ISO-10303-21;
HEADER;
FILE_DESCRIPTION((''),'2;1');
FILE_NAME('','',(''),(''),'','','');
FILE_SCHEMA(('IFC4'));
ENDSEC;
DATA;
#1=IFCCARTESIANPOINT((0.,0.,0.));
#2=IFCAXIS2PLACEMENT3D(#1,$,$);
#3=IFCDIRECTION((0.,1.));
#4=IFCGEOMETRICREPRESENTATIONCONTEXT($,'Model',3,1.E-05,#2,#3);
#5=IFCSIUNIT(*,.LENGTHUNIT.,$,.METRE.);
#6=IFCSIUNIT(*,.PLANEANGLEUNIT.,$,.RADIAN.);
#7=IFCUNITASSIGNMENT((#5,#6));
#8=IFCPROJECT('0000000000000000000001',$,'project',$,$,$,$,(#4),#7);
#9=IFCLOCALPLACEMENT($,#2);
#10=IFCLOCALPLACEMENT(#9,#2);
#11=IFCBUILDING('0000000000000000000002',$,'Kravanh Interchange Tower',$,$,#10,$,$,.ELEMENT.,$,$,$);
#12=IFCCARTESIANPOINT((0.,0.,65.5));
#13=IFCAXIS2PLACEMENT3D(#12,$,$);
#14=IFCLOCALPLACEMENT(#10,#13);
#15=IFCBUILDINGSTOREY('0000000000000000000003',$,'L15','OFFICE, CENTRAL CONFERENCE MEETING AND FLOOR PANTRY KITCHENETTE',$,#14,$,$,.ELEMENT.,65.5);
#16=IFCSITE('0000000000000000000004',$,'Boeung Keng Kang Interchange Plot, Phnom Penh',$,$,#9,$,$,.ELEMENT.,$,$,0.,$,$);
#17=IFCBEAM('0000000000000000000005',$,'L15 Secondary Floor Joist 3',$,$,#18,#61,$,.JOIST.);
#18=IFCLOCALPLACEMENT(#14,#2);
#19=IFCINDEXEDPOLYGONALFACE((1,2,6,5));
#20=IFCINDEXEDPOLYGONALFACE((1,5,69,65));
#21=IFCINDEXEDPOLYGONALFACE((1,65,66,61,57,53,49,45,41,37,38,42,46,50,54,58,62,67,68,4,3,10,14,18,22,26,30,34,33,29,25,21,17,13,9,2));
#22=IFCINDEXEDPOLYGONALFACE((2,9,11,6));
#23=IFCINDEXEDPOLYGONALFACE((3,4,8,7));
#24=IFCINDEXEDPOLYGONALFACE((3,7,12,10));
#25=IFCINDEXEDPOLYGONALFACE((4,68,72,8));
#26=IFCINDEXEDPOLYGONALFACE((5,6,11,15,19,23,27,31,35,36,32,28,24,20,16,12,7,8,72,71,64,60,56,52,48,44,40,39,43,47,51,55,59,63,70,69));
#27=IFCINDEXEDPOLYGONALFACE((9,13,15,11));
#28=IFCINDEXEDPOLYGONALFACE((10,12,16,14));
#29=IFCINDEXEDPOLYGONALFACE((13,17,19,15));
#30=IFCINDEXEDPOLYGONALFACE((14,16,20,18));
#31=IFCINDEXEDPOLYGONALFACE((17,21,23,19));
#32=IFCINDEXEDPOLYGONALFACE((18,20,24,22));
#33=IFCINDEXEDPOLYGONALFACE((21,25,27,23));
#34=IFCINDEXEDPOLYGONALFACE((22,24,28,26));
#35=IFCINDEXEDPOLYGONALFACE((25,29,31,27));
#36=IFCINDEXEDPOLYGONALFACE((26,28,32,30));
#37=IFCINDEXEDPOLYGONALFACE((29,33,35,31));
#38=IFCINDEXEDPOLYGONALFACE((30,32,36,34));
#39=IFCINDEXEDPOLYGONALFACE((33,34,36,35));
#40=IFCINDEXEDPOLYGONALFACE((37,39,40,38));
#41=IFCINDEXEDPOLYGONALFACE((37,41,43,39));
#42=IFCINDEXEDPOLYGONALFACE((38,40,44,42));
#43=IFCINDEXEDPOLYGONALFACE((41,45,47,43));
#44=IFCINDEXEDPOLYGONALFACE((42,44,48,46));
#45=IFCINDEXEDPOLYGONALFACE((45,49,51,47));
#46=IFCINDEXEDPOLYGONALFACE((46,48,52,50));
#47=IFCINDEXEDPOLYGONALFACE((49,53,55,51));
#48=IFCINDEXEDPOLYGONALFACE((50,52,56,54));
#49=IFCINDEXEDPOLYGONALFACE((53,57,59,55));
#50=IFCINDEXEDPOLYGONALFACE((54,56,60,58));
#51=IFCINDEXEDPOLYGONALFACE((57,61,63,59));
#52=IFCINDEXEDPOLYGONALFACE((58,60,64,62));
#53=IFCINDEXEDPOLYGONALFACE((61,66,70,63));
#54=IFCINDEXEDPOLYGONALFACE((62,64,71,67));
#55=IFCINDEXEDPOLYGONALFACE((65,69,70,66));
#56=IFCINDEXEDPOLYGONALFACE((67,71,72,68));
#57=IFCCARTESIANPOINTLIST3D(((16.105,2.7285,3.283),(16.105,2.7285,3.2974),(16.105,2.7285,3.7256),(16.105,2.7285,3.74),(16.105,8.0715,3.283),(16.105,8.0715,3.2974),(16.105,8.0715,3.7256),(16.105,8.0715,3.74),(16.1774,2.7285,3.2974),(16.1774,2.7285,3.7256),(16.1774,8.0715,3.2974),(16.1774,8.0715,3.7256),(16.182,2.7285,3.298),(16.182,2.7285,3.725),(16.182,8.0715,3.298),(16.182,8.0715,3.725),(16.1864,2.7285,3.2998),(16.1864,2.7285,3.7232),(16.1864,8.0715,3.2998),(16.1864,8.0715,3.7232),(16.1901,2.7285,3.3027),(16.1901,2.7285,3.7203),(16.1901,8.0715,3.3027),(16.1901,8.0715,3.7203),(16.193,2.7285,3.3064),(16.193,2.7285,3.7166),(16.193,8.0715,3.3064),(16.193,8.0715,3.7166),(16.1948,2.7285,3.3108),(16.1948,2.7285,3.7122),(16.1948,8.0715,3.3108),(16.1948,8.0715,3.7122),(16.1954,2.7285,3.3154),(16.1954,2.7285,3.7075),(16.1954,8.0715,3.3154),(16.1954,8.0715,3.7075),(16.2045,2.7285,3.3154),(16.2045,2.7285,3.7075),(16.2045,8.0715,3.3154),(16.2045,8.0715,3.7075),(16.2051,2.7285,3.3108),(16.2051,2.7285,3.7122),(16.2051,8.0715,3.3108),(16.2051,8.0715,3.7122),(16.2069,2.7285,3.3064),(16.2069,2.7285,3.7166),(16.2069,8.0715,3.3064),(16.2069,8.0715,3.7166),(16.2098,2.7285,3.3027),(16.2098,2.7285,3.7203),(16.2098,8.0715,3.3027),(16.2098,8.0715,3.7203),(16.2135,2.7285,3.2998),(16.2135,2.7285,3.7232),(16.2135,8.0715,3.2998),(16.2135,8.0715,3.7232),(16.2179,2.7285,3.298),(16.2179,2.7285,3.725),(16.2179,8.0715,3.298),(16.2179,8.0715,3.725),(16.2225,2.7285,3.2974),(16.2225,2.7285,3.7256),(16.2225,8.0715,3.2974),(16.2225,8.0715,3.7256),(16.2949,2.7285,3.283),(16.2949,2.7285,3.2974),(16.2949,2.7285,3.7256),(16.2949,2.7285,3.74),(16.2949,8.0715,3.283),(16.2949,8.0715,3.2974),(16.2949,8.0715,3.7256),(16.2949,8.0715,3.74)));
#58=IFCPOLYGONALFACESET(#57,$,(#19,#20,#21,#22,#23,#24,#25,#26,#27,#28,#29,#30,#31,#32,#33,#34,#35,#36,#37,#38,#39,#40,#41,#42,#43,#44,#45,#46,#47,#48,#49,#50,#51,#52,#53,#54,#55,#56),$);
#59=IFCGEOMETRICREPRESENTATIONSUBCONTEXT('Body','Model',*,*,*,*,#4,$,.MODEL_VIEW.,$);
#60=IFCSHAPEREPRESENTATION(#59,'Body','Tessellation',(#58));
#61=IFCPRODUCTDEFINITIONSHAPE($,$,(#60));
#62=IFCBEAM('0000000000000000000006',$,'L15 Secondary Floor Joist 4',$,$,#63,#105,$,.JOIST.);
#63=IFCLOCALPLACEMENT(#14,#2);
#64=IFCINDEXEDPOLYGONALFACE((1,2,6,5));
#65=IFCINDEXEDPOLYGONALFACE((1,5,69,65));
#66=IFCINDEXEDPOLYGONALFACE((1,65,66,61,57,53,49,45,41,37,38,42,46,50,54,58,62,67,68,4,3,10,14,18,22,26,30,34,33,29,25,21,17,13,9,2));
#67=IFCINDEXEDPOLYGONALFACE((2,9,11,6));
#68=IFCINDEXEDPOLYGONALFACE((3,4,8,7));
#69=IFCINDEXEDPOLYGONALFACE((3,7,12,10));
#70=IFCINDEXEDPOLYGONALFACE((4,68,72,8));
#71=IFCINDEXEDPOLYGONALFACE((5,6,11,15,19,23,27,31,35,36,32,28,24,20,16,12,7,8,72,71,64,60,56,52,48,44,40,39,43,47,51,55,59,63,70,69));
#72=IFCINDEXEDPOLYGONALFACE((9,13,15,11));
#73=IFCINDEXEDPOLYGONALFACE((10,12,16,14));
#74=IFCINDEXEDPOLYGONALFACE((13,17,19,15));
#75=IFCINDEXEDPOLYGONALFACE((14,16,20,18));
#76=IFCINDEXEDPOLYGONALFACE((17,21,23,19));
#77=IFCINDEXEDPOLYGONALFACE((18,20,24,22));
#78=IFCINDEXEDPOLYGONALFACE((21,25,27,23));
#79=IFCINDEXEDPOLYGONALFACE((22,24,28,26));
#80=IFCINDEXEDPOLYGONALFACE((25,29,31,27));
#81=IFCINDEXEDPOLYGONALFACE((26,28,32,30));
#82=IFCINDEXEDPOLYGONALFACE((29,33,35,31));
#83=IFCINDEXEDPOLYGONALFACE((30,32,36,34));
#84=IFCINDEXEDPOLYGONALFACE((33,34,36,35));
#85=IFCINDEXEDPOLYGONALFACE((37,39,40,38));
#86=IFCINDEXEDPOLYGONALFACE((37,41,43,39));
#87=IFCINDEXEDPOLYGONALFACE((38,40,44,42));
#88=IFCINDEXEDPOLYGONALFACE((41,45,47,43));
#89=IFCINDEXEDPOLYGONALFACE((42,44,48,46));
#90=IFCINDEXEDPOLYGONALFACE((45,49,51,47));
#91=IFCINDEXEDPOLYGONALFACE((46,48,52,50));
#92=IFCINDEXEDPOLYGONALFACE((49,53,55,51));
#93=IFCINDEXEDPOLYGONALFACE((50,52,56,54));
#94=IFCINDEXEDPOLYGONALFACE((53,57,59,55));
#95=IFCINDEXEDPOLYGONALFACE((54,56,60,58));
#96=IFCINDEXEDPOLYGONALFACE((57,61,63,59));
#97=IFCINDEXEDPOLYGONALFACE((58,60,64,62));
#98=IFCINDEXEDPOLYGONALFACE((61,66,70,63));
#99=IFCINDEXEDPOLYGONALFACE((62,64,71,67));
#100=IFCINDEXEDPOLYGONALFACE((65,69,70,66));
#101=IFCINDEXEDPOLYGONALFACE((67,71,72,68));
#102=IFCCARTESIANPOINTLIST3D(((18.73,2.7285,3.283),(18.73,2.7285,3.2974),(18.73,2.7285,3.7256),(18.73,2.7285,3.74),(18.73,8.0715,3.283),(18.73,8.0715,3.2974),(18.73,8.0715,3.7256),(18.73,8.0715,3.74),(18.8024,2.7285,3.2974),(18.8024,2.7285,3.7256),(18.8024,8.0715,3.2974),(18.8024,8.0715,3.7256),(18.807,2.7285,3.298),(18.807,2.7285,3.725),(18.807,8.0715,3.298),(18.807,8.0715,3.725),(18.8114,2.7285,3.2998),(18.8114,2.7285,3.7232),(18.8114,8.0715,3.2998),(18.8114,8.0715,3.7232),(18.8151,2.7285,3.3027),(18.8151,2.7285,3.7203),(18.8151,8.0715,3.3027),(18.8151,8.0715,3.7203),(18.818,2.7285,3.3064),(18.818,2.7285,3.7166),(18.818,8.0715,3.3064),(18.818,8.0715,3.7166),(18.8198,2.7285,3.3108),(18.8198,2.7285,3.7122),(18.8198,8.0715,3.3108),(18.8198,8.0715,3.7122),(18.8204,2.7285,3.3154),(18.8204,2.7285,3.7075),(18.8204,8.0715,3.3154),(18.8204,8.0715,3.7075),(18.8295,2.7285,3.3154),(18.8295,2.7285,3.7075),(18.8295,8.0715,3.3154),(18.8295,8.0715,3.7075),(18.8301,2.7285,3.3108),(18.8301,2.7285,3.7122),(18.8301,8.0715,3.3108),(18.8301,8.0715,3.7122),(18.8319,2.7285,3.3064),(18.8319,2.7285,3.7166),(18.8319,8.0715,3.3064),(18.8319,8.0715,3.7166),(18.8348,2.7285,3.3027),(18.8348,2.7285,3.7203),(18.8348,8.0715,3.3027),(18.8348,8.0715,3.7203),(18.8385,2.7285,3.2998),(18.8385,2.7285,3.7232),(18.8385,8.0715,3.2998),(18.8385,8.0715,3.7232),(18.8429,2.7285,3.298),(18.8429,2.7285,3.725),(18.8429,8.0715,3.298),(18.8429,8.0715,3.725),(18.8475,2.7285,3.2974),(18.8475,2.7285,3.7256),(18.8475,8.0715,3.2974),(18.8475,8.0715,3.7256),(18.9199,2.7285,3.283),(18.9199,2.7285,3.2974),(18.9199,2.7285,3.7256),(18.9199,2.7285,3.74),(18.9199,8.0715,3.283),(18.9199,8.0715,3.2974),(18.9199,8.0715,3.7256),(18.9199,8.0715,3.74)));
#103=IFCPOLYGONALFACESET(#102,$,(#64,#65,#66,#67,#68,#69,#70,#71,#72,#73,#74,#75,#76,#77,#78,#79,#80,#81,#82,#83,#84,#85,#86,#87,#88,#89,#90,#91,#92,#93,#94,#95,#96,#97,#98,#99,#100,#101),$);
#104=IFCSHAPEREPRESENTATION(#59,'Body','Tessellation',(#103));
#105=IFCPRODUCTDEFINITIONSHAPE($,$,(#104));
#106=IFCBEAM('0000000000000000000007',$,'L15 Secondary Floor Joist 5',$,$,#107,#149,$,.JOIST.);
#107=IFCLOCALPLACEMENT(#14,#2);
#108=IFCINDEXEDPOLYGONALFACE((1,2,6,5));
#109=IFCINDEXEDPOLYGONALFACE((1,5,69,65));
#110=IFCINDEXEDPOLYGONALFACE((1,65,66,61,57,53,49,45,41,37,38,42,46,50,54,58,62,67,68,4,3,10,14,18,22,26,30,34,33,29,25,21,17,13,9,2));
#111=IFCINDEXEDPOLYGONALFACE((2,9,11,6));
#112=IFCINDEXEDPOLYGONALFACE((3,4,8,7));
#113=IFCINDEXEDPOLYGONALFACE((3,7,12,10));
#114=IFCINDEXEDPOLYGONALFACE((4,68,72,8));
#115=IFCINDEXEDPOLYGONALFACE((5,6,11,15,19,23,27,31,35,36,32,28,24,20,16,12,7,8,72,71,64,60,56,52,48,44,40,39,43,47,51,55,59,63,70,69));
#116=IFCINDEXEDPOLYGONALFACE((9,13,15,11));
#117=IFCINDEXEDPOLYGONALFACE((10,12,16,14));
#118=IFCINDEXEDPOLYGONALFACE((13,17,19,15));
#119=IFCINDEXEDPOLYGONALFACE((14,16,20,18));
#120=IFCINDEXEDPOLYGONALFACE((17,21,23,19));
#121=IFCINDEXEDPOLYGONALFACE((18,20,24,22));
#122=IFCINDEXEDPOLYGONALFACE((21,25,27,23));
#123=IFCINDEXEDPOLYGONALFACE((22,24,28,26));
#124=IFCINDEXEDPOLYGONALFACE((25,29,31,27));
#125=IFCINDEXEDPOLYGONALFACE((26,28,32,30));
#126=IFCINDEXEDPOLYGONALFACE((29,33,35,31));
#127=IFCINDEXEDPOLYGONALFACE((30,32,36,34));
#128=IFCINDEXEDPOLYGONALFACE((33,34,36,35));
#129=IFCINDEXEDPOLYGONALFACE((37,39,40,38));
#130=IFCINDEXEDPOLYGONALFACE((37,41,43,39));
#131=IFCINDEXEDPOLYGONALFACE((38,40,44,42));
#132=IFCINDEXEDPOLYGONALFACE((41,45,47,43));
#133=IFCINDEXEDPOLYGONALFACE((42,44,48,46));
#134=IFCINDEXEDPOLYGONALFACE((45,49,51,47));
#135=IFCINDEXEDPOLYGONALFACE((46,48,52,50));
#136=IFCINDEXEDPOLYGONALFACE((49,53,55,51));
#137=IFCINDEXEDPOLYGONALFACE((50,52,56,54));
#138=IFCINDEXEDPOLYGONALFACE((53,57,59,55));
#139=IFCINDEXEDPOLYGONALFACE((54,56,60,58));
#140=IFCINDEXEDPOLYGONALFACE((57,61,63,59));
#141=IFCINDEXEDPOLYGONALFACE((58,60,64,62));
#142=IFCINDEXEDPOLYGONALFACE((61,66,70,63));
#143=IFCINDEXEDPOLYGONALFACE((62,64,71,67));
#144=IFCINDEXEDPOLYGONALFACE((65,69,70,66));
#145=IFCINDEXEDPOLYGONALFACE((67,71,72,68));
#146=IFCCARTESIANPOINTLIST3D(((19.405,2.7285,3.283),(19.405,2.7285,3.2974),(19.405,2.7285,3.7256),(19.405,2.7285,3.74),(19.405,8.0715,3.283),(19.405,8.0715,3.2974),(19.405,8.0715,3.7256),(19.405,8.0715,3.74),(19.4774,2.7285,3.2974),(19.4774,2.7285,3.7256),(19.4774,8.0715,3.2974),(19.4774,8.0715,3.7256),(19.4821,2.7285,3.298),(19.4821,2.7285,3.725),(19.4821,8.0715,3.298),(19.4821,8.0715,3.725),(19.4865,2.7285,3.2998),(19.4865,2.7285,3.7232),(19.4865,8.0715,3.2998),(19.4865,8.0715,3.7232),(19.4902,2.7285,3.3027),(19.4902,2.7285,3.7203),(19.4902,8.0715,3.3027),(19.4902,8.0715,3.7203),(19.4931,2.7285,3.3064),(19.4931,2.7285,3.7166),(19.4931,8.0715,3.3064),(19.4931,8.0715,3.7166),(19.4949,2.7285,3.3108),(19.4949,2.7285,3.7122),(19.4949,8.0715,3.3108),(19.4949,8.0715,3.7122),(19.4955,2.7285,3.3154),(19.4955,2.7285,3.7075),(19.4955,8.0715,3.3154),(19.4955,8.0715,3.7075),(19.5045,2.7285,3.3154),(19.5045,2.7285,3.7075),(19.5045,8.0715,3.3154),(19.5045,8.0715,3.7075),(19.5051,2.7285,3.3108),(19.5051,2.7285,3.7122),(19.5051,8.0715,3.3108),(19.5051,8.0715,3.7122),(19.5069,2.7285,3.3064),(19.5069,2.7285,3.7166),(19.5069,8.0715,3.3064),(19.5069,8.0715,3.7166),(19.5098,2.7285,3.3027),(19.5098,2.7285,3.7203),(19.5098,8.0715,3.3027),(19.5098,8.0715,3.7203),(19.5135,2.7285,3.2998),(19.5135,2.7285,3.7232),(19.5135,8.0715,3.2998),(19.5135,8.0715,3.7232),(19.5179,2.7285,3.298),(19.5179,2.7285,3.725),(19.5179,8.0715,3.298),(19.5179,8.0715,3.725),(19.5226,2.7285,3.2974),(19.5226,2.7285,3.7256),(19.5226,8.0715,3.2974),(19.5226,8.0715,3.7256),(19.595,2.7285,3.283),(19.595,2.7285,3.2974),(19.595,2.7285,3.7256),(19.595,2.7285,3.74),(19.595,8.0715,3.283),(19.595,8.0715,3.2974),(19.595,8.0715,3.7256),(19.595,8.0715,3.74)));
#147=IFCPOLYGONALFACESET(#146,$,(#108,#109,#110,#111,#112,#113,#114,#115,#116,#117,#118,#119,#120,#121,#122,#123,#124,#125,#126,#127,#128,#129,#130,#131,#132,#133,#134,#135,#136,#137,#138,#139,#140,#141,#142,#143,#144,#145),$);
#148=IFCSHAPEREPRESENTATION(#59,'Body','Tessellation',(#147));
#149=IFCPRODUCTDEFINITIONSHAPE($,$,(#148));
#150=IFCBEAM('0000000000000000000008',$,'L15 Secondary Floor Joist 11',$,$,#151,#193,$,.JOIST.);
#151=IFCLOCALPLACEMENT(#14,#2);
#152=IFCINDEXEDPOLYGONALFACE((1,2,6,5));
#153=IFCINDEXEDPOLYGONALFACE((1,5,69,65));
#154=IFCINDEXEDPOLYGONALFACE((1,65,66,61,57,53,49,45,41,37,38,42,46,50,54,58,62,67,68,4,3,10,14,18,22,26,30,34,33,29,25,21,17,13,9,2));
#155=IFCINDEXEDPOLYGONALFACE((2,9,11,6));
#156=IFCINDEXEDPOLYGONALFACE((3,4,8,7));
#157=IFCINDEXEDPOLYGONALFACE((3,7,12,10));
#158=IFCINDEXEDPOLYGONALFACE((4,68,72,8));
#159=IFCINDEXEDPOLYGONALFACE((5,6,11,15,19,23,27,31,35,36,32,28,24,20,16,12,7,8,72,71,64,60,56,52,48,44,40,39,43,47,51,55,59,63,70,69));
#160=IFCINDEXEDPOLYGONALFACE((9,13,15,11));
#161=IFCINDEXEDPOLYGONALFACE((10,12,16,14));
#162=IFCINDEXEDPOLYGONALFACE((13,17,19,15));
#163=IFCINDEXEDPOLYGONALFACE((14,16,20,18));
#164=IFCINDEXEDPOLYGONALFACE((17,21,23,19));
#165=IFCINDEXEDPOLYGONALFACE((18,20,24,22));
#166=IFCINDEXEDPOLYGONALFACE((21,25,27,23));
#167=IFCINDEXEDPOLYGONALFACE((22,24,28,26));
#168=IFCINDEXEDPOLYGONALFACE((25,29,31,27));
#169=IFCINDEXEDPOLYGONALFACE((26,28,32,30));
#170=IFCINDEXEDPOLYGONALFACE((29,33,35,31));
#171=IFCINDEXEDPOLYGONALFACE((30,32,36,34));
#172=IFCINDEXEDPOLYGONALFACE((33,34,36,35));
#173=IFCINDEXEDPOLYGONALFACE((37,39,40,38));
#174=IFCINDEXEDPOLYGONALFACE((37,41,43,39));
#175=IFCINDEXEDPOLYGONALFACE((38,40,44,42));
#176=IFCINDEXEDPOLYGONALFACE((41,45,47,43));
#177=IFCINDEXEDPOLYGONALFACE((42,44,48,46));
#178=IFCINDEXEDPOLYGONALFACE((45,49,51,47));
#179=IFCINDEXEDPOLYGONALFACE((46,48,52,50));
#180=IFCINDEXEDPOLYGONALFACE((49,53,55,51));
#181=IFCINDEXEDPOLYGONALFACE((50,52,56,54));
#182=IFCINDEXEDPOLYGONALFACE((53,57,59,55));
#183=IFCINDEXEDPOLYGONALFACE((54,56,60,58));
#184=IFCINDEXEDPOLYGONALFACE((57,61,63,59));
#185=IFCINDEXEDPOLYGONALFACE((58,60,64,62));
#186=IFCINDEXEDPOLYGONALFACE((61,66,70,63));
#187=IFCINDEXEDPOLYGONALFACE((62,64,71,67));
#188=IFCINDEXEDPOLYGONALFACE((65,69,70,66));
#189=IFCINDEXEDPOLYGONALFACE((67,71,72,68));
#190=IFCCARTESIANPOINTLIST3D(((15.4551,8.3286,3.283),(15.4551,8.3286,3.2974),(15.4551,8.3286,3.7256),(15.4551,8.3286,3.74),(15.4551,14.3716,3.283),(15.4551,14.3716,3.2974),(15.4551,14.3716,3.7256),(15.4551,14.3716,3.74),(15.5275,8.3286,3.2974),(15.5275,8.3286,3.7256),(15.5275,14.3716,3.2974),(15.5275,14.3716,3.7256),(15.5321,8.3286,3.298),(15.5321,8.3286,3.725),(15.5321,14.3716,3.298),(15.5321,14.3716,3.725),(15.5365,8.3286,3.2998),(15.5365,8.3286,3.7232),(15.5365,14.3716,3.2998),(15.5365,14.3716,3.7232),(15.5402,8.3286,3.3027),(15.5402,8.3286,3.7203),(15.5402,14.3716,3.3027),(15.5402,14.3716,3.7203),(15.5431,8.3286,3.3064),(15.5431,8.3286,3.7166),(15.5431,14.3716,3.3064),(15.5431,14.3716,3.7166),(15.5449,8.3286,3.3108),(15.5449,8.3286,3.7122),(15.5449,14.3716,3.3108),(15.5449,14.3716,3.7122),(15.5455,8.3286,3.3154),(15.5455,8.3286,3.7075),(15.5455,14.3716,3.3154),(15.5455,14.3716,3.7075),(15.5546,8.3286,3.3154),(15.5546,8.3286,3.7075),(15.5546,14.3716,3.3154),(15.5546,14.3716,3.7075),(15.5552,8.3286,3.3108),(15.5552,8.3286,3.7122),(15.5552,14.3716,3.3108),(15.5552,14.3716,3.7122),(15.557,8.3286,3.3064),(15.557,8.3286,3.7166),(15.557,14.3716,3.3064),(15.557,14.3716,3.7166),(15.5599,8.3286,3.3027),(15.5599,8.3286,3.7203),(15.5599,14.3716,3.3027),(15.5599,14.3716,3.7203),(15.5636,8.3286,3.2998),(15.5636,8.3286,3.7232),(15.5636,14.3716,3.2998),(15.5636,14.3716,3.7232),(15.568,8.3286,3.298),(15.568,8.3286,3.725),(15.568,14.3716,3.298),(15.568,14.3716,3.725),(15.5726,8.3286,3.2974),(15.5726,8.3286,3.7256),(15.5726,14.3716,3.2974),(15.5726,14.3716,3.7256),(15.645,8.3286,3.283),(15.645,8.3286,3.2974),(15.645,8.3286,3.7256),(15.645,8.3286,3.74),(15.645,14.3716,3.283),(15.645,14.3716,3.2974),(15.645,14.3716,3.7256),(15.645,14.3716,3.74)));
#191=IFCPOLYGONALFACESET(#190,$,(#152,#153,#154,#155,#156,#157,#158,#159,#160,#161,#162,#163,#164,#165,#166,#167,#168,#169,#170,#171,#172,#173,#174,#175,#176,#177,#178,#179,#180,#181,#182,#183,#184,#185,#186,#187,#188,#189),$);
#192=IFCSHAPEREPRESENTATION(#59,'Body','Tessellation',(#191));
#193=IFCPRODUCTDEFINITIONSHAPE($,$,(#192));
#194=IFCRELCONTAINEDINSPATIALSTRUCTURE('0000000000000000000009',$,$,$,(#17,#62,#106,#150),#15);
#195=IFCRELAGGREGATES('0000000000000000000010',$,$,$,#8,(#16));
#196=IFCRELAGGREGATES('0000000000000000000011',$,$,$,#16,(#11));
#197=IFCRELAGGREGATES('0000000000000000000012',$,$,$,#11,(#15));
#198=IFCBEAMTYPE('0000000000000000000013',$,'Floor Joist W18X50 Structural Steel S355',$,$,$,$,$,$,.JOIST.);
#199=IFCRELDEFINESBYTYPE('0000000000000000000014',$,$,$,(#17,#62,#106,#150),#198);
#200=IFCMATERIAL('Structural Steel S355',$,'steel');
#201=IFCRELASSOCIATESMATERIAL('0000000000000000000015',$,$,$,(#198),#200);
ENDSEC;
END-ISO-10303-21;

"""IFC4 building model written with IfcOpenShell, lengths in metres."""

from ifc_helpers import new_model, si_unit, direction, frame, origin, origin_2d, place, context, subcontext, project, spatial, i_section, extrude, material, material_profile, profile_set, type_object, element, save


model = new_model("IFC4")

# Units and contexts
model_context = context("Model", 3, precision=1e-05, world=origin(), true_north=direction((0.0, 1.0)))
body_context = subcontext(model_context, "Body", "Model", "MODEL_VIEW")
ifc_project = project(units=[si_unit("LENGTHUNIT", "METRE"), si_unit("PLANEANGLEUNIT", "RADIAN")], contexts=[model_context])

# Site, building, storey
site_placement = place(None, origin())
site = spatial("IfcSite", under=ifc_project, at=site_placement, Name="Boeung Keng Kang Interchange Plot, Phnom Penh", CompositionType="ELEMENT", RefElevation=0.0)
building_placement = place(site_placement, origin())
building = spatial("IfcBuilding", under=site, at=building_placement, Name="Kravanh Interchange Tower", CompositionType="ELEMENT")
storey_placement = place(building_placement, frame((0.0, 0.0, 65.5)))
storey = spatial("IfcBuildingStorey", under=building, at=storey_placement, Name="L15", Description="OFFICE, CENTRAL CONFERENCE MEETING AND FLOOR PANTRY KITCHENETTE", CompositionType="ELEMENT", Elevation=65.5)

# Beams
ifc_material_1 = material(Name="Structural Steel S355", Category="steel")
ifc_material_profile_1 = material_profile(ifc_material_1, i_section(OverallWidth=0.1899, OverallDepth=0.457, WebThickness=0.009, FlangeThickness=0.0144, FilletRadius=0.0181, at=origin_2d()), Name="W18X50")
ifc_profile_set_1 = profile_set([ifc_material_profile_1], Name="Structural Steel S355")
beam_type_1 = type_object("IfcBeamType", Name="Floor Joist W18X50 Structural Steel S355", PredefinedType="JOIST", material=ifc_profile_set_1)
for number, where, z_axis, x_axis, name in (
    (1, (16.2, 2.7285, 3.5115), (0.0, 1.0, 0.0), (-1.0, 0.0, 0.0), "L15 Secondary Floor Joist 3"),
    (2, (18.825, 2.7285, 3.5115), (0.0, 1.0, 0.0), (-1.0, 0.0, 0.0), "L15 Secondary Floor Joist 4"),
    (3, (19.5, 2.7285, 3.5115), (0.0, 1.0, 0.0), (-1.0, 0.0, 0.0), "L15 Secondary Floor Joist 5"),
):
    element("IfcBeam", number, at=place(storey_placement, frame(where, z_axis=z_axis, x_axis=x_axis)), inside=storey, type_object=beam_type_1, Name=name, PredefinedType="JOIST", context=body_context, shape_type="SweptSolid", body=[
        extrude(i_section(OverallWidth=0.1899, OverallDepth=0.457, WebThickness=0.009, FlangeThickness=0.0144, FilletRadius=0.0181, at=origin_2d()), origin(), (0.0, 0.0, 1.0), 5.343),
    ])
for number, where, z_axis, x_axis, name in (
    (4, (15.55, 8.3286, 3.5115), (0.0, 1.0, 0.0), (-1.0, 0.0, 0.0), "L15 Secondary Floor Joist 11"),
):
    element("IfcBeam", number, at=place(storey_placement, frame(where, z_axis=z_axis, x_axis=x_axis)), inside=storey, type_object=beam_type_1, Name=name, PredefinedType="JOIST", context=body_context, shape_type="SweptSolid", body=[
        extrude(i_section(OverallWidth=0.1899, OverallDepth=0.457, WebThickness=0.009, FlangeThickness=0.0144, FilletRadius=0.0181, at=origin_2d()), origin(), (0.0, 0.0, 1.0), 6.043),
    ])

save(model, "model.ifc")
